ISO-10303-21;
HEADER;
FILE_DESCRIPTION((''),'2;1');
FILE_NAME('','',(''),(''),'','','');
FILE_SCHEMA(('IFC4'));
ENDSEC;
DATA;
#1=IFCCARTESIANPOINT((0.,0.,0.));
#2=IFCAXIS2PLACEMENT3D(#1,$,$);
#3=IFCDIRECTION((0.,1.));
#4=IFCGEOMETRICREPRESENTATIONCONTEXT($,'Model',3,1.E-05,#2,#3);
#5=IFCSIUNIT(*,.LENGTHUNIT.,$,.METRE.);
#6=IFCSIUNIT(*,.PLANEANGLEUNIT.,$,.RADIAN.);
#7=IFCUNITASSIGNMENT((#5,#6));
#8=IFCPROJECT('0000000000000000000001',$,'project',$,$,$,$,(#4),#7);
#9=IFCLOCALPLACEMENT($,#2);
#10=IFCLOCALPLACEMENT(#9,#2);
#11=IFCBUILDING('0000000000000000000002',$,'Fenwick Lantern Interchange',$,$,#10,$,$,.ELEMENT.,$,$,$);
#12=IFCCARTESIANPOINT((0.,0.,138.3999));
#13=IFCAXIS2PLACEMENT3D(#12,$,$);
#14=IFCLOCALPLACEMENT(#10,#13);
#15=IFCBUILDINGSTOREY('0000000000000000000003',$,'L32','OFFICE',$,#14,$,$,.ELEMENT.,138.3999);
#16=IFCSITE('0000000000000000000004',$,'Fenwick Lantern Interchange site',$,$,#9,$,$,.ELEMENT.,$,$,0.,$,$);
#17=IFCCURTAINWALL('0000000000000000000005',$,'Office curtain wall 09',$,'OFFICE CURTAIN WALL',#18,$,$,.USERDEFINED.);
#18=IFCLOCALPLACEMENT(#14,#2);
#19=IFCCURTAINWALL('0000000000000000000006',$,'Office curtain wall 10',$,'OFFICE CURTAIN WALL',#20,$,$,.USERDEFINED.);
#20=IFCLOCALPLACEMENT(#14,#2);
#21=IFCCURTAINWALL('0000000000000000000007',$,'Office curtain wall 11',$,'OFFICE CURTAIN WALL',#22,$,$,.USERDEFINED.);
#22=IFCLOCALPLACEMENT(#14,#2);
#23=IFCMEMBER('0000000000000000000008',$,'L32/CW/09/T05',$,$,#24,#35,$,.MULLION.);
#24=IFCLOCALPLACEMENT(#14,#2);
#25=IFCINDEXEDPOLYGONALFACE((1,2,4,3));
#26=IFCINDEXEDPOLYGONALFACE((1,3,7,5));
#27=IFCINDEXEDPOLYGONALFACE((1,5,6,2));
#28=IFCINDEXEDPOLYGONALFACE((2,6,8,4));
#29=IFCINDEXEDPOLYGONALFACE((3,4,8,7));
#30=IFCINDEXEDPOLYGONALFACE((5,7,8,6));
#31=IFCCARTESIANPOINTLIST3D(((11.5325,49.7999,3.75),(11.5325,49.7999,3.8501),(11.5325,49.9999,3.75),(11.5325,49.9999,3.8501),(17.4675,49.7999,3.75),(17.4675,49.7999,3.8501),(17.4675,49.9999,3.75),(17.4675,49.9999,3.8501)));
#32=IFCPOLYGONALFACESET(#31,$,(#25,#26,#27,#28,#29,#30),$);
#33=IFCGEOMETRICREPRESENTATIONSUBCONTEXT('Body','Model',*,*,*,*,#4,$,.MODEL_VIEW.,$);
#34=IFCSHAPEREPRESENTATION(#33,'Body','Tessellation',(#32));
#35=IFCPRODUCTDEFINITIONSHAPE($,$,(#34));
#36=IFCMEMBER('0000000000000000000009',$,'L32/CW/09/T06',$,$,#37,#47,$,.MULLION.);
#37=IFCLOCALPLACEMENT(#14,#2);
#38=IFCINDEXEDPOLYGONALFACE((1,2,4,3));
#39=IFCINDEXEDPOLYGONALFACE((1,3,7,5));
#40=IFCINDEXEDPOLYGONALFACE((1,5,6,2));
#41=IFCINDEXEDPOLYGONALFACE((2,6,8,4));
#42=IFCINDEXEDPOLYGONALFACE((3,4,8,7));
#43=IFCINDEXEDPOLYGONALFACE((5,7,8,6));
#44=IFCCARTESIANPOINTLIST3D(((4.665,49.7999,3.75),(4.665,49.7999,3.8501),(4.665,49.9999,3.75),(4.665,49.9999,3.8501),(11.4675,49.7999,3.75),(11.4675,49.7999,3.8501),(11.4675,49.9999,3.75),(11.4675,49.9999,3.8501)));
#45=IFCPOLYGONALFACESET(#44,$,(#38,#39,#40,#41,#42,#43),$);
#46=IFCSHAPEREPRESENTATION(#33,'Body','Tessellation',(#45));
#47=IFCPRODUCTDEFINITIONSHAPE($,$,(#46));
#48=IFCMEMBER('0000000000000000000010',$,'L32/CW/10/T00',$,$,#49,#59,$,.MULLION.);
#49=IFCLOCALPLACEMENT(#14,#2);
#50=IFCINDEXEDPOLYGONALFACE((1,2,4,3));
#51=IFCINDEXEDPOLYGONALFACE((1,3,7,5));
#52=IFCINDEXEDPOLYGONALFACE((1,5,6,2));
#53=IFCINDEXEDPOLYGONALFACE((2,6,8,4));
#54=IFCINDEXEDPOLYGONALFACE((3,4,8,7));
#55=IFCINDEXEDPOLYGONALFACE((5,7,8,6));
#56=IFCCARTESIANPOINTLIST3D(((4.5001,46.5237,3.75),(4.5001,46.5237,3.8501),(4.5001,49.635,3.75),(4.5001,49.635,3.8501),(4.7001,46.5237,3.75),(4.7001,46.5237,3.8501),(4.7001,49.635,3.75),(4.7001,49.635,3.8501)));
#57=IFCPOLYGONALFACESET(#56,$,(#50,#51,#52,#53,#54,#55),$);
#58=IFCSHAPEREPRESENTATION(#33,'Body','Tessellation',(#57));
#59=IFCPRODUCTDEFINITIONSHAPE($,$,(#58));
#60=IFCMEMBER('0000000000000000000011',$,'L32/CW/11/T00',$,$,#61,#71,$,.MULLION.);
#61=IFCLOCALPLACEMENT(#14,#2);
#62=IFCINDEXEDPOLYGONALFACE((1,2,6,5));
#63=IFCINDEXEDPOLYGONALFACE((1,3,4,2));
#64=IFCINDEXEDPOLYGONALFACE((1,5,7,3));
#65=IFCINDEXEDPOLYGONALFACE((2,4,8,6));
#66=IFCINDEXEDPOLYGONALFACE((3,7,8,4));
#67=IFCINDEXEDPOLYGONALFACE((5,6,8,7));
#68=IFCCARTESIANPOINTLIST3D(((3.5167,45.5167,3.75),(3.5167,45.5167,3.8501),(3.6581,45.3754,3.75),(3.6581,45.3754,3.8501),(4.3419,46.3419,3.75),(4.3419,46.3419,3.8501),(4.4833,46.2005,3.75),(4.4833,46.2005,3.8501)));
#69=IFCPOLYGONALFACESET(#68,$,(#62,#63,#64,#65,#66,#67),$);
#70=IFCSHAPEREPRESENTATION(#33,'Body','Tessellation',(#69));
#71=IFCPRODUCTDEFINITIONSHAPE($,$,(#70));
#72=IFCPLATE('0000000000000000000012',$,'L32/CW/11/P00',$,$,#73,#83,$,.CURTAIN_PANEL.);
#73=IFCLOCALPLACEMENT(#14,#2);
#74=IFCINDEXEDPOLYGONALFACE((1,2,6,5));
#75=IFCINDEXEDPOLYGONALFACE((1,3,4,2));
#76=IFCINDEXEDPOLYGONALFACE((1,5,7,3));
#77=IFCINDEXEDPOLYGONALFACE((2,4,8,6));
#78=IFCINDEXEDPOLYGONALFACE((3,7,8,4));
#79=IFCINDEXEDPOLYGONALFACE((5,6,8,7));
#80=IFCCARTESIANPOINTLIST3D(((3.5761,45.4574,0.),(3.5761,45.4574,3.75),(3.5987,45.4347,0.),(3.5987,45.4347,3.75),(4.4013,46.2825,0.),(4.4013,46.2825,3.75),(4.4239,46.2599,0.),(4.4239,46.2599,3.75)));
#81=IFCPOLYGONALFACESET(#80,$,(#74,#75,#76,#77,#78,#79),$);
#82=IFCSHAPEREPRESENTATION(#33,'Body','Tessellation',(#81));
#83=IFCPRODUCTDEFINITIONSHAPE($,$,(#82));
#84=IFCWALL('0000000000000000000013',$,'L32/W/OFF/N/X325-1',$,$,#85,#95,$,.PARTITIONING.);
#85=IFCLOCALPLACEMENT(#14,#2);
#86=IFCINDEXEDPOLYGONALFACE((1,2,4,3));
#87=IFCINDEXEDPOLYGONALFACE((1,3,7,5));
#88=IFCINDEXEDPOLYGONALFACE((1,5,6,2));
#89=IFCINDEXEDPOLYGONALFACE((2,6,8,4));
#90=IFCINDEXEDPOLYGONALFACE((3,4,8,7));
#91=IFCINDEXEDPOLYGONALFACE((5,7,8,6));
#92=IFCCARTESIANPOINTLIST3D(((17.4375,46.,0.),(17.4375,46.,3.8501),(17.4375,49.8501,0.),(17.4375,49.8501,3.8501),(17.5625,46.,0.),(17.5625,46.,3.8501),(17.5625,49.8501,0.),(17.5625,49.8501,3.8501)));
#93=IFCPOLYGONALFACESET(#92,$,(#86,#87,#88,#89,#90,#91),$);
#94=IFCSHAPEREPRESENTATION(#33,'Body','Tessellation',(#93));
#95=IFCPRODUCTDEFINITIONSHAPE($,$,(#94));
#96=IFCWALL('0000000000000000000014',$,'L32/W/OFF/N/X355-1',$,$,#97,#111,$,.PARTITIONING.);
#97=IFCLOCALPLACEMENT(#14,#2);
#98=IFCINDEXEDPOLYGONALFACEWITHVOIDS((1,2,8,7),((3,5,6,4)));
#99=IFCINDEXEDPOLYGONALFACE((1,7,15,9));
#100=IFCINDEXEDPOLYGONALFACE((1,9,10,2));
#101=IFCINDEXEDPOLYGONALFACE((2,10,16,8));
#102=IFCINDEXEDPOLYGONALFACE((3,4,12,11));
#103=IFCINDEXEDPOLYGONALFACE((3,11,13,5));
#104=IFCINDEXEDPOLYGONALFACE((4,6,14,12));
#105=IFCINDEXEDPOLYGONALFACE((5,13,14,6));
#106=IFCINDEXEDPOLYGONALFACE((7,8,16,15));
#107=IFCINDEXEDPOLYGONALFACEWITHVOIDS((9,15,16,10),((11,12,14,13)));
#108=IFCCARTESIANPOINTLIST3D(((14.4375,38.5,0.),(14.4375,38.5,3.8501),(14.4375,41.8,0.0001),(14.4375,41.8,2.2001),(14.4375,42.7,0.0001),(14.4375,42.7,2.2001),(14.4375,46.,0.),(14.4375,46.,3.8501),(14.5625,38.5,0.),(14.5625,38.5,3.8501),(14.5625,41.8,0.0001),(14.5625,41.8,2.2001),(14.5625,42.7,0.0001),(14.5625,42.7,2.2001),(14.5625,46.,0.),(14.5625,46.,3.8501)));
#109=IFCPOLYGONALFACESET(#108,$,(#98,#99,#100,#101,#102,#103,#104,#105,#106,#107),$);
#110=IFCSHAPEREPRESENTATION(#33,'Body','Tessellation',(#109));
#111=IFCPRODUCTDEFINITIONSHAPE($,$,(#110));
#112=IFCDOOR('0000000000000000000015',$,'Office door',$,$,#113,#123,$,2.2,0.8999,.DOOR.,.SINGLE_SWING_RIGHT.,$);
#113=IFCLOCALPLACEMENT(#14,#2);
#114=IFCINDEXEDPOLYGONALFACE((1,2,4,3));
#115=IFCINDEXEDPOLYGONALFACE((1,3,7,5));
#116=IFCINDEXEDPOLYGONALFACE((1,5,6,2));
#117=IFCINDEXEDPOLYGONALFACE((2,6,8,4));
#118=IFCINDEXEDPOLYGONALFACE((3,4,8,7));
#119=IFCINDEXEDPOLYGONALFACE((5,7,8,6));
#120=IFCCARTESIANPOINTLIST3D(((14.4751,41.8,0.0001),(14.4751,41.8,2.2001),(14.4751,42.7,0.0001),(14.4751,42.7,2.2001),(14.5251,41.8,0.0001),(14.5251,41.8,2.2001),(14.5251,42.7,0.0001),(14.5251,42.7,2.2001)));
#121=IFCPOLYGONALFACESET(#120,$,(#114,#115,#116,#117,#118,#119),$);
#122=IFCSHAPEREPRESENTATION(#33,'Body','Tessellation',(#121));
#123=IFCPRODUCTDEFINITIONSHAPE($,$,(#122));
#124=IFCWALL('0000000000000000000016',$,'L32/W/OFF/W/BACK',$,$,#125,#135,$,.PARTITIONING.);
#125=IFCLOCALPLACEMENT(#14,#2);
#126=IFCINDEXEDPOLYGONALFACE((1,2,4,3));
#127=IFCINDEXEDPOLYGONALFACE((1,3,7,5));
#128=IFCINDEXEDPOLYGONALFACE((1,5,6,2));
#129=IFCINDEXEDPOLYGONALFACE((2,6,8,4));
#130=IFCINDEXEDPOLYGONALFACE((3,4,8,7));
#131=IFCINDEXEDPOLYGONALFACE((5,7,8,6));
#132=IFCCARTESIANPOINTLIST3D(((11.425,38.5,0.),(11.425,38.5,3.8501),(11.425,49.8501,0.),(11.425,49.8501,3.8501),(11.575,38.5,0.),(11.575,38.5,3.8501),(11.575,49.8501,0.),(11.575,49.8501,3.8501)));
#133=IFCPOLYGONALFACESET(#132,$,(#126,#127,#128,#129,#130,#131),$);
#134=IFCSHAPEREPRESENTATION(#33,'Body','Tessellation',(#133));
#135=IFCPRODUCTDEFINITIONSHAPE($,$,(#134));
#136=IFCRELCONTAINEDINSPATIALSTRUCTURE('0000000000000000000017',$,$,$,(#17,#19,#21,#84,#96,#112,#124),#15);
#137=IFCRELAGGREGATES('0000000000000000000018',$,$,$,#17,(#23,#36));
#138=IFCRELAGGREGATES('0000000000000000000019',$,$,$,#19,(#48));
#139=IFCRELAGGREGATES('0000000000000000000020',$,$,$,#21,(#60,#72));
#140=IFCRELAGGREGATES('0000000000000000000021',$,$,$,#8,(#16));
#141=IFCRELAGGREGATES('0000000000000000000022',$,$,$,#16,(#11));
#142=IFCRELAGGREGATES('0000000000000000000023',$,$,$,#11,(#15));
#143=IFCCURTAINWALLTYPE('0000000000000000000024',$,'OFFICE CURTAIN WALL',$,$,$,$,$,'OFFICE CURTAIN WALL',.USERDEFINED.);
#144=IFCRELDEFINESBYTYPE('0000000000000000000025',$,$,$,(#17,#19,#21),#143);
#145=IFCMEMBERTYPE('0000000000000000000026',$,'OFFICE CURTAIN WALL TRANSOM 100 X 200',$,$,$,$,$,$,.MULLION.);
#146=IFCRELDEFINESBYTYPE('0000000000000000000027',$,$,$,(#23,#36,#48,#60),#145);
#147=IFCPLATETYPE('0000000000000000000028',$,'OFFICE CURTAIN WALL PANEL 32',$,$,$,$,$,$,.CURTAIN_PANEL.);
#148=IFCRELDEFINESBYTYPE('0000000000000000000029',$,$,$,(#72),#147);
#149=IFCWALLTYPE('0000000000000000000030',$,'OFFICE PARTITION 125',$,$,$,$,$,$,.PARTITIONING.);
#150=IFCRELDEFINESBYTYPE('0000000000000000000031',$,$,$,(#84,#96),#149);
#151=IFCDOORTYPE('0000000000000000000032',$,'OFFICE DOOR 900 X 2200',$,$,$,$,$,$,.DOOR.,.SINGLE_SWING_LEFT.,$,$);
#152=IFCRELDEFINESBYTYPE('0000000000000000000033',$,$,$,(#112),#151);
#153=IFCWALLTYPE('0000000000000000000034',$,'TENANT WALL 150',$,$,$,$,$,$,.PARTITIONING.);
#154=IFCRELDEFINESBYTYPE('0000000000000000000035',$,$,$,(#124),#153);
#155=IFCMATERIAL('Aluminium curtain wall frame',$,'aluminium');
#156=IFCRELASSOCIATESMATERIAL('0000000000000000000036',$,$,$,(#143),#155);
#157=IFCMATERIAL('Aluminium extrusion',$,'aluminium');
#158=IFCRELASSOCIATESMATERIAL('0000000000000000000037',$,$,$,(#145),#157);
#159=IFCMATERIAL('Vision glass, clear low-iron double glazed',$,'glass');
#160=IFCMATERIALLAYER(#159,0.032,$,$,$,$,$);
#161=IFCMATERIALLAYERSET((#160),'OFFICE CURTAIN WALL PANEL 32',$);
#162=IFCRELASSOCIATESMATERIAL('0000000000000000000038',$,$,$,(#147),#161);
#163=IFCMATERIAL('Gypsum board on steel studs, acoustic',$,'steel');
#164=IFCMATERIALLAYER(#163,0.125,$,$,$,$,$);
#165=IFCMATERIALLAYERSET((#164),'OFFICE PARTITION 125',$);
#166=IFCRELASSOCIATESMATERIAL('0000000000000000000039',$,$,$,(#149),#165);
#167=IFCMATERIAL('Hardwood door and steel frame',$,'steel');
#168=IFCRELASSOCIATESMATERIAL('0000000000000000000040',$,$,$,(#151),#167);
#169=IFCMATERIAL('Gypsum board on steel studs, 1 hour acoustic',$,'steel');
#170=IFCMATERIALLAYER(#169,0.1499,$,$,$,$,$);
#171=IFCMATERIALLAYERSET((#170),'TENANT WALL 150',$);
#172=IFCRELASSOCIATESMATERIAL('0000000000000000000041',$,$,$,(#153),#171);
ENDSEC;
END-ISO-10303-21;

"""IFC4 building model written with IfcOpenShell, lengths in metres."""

from ifc_helpers import new_model, si_unit, direction, frame, frame_2d, origin, origin_2d, place, context, subcontext, project, spatial, rectangle, extrude, material, layer, layer_set, material_profile, profile_set, type_object, element, fill, aggregate, save


model = new_model("IFC4")

# Units and contexts
model_context = context("Model", 3, precision=1e-05, world=origin(), true_north=direction((0.0, 1.0)))
body_context = subcontext(model_context, "Body", "Model", "MODEL_VIEW")
ifc_project = project(units=[si_unit("LENGTHUNIT", "METRE"), si_unit("PLANEANGLEUNIT", "RADIAN")], contexts=[model_context])

# Site, building, storey
site_placement = place(None, origin())
site = spatial("IfcSite", under=ifc_project, at=site_placement, Name="Fenwick Lantern Interchange site", CompositionType="ELEMENT", RefElevation=0.0)
building_placement = place(site_placement, origin())
building = spatial("IfcBuilding", under=site, at=building_placement, Name="Fenwick Lantern Interchange", CompositionType="ELEMENT")
storey_placement = place(building_placement, frame((0.0, 0.0, 138.3999)))
storey = spatial("IfcBuildingStorey", under=building, at=storey_placement, Name="L32", Description="OFFICE", CompositionType="ELEMENT", Elevation=138.3999)

# Curtain walls
ifc_material_1 = material(Name="Aluminium curtain wall frame", Category="aluminium")
curtain_wall_type = type_object("IfcCurtainWallType", Name="OFFICE CURTAIN WALL", ElementType="OFFICE CURTAIN WALL", PredefinedType="USERDEFINED", material=ifc_material_1)
curtain_wall_1_placement = place(storey_placement, origin())
curtain_wall_1 = element("IfcCurtainWall", 1, at=curtain_wall_1_placement, inside=storey, type_object=curtain_wall_type, Name="Office curtain wall 09", ObjectType="OFFICE CURTAIN WALL", PredefinedType="USERDEFINED")
ifc_material_2 = material(Name="Aluminium extrusion", Category="aluminium")
curtain_wall_2_placement = place(storey_placement, origin())
curtain_wall_2 = element("IfcCurtainWall", 2, at=curtain_wall_2_placement, inside=storey, type_object=curtain_wall_type, Name="Office curtain wall 10", ObjectType="OFFICE CURTAIN WALL", PredefinedType="USERDEFINED")

# Curtain wall
curtain_wall_3_placement = place(storey_placement, origin())
curtain_wall_3 = element("IfcCurtainWall", 3, at=curtain_wall_3_placement, inside=storey, type_object=curtain_wall_type, Name="Office curtain wall 11", ObjectType="OFFICE CURTAIN WALL", PredefinedType="USERDEFINED")

# Members
ifc_material_profile_1 = material_profile(ifc_material_2, rectangle(XDim=0.2, YDim=0.1001, at=origin_2d()), Name="OFFICE CURTAIN WALL TRANSOM 100 X 200")
ifc_profile_set_1 = profile_set([ifc_material_profile_1], Name="Aluminium extrusion")
member_type_1 = type_object("IfcMemberType", Name="OFFICE CURTAIN WALL TRANSOM 100 X 200", PredefinedType="MULLION", material=ifc_profile_set_1)
member_1_placement = place(storey_placement, frame((17.4675, 49.8999, 3.8), z_axis=(-1.0, 0.0, 0.0), x_axis=(0.0, -1.0, 0.0)))
member_1 = element("IfcMember", 4, at=member_1_placement, type_object=member_type_1, Name="L32/CW/09/T05", PredefinedType="MULLION", context=body_context, shape_type="SweptSolid", body=[
    extrude(rectangle(XDim=0.2, YDim=0.1001, at=origin_2d()), origin(), (0.0, 0.0, 1.0), 5.9351),
])
member_2_placement = place(storey_placement, frame((11.4675, 49.8999, 3.8), z_axis=(-1.0, 0.0, 0.0), x_axis=(0.0, -1.0, 0.0)))
member_2 = element("IfcMember", 5, at=member_2_placement, type_object=member_type_1, Name="L32/CW/09/T06", PredefinedType="MULLION", context=body_context, shape_type="SweptSolid", body=[
    extrude(rectangle(XDim=0.2, YDim=0.1001, at=origin_2d()), origin(), (0.0, 0.0, 1.0), 6.8025),
])
aggregate(curtain_wall_1, [member_1, member_2])
member_3_placement = place(storey_placement, frame((4.6001, 49.635, 3.8), z_axis=(0.0, -1.0, 0.0), x_axis=(1.0, 0.0, 0.0)))
member_3 = element("IfcMember", 6, at=member_3_placement, type_object=member_type_1, Name="L32/CW/10/T00", PredefinedType="MULLION", context=body_context, shape_type="SweptSolid", body=[
    extrude(rectangle(XDim=0.2, YDim=0.1001, at=origin_2d()), origin(), (0.0, 0.0, 1.0), 3.1113),
])
aggregate(curtain_wall_2, [member_3])
member_4_placement = place(storey_placement, frame((4.4126, 46.2712, 3.8), z_axis=(-0.707107, -0.707107, 0.0), x_axis=(0.707107, -0.707107, 0.0)))
member_4 = element("IfcMember", 7, at=member_4_placement, type_object=member_type_1, Name="L32/CW/11/T00", PredefinedType="MULLION", context=body_context, shape_type="SweptSolid", body=[
    extrude(rectangle(XDim=0.2, YDim=0.1001, at=origin_2d()), origin(), (0.0, 0.0, 1.0), 1.167),
])

# Plate
ifc_material_3 = material(Name="Vision glass, clear low-iron double glazed", Category="glass")
ifc_layer_1 = layer(ifc_material_3, 0.032)
ifc_layer_set_1 = layer_set([ifc_layer_1], Name="OFFICE CURTAIN WALL PANEL 32")
plate_type = type_object("IfcPlateType", Name="OFFICE CURTAIN WALL PANEL 32", PredefinedType="CURTAIN_PANEL", material=ifc_layer_set_1)
plate_placement = place(storey_placement, frame((4.0, 45.8586, 0.0), z_axis=(0.0, 0.0, 1.0), x_axis=(-0.707107, -0.707107, 0.0)))
plate = element("IfcPlate", 8, at=plate_placement, type_object=plate_type, Name="L32/CW/11/P00", PredefinedType="CURTAIN_PANEL", context=body_context, shape_type="SweptSolid", body=[
    extrude(rectangle(XDim=1.167, YDim=0.032, at=origin_2d()), origin(), (0.0, 0.0, 1.0), 3.75),
])
aggregate(curtain_wall_3, [member_4, plate])

# Wall
ifc_material_4 = material(Name="Gypsum board on steel studs, acoustic", Category="steel")
ifc_layer_2 = layer(ifc_material_4, 0.125)
ifc_layer_set_2 = layer_set([ifc_layer_2], Name="OFFICE PARTITION 125")
wall_type_1 = type_object("IfcWallType", Name="OFFICE PARTITION 125", PredefinedType="PARTITIONING", material=ifc_layer_set_2)
wall_1_placement = place(storey_placement, frame((17.5, 49.8501, 0.0), z_axis=(0.0, 0.0, 1.0), x_axis=(0.0, -1.0, 0.0)))
element("IfcWall", 9, at=wall_1_placement, inside=storey, type_object=wall_type_1, Name="L32/W/OFF/N/X325-1", PredefinedType="PARTITIONING", context=body_context, shape_type="SweptSolid", body=[
    extrude(rectangle(XDim=3.8501, YDim=0.125, at=frame_2d((1.925, 0.0))), origin(), (0.0, 0.0, 1.0), 3.8501),
])

# Wall, opening, door
wall_2_placement = place(storey_placement, frame((14.5, 46.0, 0.0), z_axis=(0.0, 0.0, 1.0), x_axis=(0.0, -1.0, 0.0)))
wall_2 = element("IfcWall", 10, at=wall_2_placement, inside=storey, type_object=wall_type_1, Name="L32/W/OFF/N/X355-1", PredefinedType="PARTITIONING", context=body_context, shape_type="SweptSolid", body=[
    extrude(rectangle(XDim=7.5, YDim=0.125, at=frame_2d((3.75, 0.0))), origin(), (0.0, 0.0, 1.0), 3.8501),
])
opening_placement = place(wall_2_placement, frame((3.3, 0.0, 0.0)))
opening = element("IfcOpeningElement", 11, at=opening_placement, cuts=wall_2, PredefinedType="OPENING", context=body_context, shape_type="SweptSolid", body=[
    extrude(rectangle(XDim=0.8999, YDim=2.2, at=frame_2d((0.45, 1.1001))), frame((0.0, 0.0725, 0.0), z_axis=(0.0, -1.0, 0.0), x_axis=(1.0, 0.0, 0.0)), (0.0, 0.0, 1.0), 0.145),
])
ifc_material_5 = material(Name="Hardwood door and steel frame", Category="steel")
door_type = type_object("IfcDoorType", Name="OFFICE DOOR 900 X 2200", OperationType="SINGLE_SWING_LEFT", PredefinedType="DOOR", material=ifc_material_5)
door_placement = place(opening_placement, frame((0.8999, 0.0, 0.0), z_axis=(0.0, 0.0, 1.0), x_axis=(-1.0, 0.0, 0.0)))
door = element("IfcDoor", 12, at=door_placement, inside=storey, type_object=door_type, Name="Office door", OperationType="SINGLE_SWING_RIGHT", OverallHeight=2.2, OverallWidth=0.8999, PredefinedType="DOOR", context=body_context, shape_type="SweptSolid", body=[
    extrude(rectangle(XDim=0.8999, YDim=2.2, at=frame_2d((0.45, 1.1001))), frame((0.0, 0.0249, 0.0), z_axis=(0.0, -1.0, 0.0), x_axis=(1.0, 0.0, 0.0)), (0.0, 0.0, 1.0), 0.05),
])
fill(opening, door)

# Wall
ifc_material_6 = material(Name="Gypsum board on steel studs, 1 hour acoustic", Category="steel")
ifc_layer_3 = layer(ifc_material_6, 0.1499)
ifc_layer_set_3 = layer_set([ifc_layer_3], Name="TENANT WALL 150")
wall_type_2 = type_object("IfcWallType", Name="TENANT WALL 150", PredefinedType="PARTITIONING", material=ifc_layer_set_3)
wall_3_placement = place(storey_placement, frame((11.5, 49.8501, 0.0), z_axis=(0.0, 0.0, 1.0), x_axis=(0.0, -1.0, 0.0)))
element("IfcWall", 13, at=wall_3_placement, inside=storey, type_object=wall_type_2, Name="L32/W/OFF/W/BACK", PredefinedType="PARTITIONING", context=body_context, shape_type="SweptSolid", body=[
    extrude(rectangle(XDim=11.3501, YDim=0.1499, at=frame_2d((5.675, 0.0))), origin(), (0.0, 0.0, 1.0), 3.8501),
])

save(model, "model.ifc")
